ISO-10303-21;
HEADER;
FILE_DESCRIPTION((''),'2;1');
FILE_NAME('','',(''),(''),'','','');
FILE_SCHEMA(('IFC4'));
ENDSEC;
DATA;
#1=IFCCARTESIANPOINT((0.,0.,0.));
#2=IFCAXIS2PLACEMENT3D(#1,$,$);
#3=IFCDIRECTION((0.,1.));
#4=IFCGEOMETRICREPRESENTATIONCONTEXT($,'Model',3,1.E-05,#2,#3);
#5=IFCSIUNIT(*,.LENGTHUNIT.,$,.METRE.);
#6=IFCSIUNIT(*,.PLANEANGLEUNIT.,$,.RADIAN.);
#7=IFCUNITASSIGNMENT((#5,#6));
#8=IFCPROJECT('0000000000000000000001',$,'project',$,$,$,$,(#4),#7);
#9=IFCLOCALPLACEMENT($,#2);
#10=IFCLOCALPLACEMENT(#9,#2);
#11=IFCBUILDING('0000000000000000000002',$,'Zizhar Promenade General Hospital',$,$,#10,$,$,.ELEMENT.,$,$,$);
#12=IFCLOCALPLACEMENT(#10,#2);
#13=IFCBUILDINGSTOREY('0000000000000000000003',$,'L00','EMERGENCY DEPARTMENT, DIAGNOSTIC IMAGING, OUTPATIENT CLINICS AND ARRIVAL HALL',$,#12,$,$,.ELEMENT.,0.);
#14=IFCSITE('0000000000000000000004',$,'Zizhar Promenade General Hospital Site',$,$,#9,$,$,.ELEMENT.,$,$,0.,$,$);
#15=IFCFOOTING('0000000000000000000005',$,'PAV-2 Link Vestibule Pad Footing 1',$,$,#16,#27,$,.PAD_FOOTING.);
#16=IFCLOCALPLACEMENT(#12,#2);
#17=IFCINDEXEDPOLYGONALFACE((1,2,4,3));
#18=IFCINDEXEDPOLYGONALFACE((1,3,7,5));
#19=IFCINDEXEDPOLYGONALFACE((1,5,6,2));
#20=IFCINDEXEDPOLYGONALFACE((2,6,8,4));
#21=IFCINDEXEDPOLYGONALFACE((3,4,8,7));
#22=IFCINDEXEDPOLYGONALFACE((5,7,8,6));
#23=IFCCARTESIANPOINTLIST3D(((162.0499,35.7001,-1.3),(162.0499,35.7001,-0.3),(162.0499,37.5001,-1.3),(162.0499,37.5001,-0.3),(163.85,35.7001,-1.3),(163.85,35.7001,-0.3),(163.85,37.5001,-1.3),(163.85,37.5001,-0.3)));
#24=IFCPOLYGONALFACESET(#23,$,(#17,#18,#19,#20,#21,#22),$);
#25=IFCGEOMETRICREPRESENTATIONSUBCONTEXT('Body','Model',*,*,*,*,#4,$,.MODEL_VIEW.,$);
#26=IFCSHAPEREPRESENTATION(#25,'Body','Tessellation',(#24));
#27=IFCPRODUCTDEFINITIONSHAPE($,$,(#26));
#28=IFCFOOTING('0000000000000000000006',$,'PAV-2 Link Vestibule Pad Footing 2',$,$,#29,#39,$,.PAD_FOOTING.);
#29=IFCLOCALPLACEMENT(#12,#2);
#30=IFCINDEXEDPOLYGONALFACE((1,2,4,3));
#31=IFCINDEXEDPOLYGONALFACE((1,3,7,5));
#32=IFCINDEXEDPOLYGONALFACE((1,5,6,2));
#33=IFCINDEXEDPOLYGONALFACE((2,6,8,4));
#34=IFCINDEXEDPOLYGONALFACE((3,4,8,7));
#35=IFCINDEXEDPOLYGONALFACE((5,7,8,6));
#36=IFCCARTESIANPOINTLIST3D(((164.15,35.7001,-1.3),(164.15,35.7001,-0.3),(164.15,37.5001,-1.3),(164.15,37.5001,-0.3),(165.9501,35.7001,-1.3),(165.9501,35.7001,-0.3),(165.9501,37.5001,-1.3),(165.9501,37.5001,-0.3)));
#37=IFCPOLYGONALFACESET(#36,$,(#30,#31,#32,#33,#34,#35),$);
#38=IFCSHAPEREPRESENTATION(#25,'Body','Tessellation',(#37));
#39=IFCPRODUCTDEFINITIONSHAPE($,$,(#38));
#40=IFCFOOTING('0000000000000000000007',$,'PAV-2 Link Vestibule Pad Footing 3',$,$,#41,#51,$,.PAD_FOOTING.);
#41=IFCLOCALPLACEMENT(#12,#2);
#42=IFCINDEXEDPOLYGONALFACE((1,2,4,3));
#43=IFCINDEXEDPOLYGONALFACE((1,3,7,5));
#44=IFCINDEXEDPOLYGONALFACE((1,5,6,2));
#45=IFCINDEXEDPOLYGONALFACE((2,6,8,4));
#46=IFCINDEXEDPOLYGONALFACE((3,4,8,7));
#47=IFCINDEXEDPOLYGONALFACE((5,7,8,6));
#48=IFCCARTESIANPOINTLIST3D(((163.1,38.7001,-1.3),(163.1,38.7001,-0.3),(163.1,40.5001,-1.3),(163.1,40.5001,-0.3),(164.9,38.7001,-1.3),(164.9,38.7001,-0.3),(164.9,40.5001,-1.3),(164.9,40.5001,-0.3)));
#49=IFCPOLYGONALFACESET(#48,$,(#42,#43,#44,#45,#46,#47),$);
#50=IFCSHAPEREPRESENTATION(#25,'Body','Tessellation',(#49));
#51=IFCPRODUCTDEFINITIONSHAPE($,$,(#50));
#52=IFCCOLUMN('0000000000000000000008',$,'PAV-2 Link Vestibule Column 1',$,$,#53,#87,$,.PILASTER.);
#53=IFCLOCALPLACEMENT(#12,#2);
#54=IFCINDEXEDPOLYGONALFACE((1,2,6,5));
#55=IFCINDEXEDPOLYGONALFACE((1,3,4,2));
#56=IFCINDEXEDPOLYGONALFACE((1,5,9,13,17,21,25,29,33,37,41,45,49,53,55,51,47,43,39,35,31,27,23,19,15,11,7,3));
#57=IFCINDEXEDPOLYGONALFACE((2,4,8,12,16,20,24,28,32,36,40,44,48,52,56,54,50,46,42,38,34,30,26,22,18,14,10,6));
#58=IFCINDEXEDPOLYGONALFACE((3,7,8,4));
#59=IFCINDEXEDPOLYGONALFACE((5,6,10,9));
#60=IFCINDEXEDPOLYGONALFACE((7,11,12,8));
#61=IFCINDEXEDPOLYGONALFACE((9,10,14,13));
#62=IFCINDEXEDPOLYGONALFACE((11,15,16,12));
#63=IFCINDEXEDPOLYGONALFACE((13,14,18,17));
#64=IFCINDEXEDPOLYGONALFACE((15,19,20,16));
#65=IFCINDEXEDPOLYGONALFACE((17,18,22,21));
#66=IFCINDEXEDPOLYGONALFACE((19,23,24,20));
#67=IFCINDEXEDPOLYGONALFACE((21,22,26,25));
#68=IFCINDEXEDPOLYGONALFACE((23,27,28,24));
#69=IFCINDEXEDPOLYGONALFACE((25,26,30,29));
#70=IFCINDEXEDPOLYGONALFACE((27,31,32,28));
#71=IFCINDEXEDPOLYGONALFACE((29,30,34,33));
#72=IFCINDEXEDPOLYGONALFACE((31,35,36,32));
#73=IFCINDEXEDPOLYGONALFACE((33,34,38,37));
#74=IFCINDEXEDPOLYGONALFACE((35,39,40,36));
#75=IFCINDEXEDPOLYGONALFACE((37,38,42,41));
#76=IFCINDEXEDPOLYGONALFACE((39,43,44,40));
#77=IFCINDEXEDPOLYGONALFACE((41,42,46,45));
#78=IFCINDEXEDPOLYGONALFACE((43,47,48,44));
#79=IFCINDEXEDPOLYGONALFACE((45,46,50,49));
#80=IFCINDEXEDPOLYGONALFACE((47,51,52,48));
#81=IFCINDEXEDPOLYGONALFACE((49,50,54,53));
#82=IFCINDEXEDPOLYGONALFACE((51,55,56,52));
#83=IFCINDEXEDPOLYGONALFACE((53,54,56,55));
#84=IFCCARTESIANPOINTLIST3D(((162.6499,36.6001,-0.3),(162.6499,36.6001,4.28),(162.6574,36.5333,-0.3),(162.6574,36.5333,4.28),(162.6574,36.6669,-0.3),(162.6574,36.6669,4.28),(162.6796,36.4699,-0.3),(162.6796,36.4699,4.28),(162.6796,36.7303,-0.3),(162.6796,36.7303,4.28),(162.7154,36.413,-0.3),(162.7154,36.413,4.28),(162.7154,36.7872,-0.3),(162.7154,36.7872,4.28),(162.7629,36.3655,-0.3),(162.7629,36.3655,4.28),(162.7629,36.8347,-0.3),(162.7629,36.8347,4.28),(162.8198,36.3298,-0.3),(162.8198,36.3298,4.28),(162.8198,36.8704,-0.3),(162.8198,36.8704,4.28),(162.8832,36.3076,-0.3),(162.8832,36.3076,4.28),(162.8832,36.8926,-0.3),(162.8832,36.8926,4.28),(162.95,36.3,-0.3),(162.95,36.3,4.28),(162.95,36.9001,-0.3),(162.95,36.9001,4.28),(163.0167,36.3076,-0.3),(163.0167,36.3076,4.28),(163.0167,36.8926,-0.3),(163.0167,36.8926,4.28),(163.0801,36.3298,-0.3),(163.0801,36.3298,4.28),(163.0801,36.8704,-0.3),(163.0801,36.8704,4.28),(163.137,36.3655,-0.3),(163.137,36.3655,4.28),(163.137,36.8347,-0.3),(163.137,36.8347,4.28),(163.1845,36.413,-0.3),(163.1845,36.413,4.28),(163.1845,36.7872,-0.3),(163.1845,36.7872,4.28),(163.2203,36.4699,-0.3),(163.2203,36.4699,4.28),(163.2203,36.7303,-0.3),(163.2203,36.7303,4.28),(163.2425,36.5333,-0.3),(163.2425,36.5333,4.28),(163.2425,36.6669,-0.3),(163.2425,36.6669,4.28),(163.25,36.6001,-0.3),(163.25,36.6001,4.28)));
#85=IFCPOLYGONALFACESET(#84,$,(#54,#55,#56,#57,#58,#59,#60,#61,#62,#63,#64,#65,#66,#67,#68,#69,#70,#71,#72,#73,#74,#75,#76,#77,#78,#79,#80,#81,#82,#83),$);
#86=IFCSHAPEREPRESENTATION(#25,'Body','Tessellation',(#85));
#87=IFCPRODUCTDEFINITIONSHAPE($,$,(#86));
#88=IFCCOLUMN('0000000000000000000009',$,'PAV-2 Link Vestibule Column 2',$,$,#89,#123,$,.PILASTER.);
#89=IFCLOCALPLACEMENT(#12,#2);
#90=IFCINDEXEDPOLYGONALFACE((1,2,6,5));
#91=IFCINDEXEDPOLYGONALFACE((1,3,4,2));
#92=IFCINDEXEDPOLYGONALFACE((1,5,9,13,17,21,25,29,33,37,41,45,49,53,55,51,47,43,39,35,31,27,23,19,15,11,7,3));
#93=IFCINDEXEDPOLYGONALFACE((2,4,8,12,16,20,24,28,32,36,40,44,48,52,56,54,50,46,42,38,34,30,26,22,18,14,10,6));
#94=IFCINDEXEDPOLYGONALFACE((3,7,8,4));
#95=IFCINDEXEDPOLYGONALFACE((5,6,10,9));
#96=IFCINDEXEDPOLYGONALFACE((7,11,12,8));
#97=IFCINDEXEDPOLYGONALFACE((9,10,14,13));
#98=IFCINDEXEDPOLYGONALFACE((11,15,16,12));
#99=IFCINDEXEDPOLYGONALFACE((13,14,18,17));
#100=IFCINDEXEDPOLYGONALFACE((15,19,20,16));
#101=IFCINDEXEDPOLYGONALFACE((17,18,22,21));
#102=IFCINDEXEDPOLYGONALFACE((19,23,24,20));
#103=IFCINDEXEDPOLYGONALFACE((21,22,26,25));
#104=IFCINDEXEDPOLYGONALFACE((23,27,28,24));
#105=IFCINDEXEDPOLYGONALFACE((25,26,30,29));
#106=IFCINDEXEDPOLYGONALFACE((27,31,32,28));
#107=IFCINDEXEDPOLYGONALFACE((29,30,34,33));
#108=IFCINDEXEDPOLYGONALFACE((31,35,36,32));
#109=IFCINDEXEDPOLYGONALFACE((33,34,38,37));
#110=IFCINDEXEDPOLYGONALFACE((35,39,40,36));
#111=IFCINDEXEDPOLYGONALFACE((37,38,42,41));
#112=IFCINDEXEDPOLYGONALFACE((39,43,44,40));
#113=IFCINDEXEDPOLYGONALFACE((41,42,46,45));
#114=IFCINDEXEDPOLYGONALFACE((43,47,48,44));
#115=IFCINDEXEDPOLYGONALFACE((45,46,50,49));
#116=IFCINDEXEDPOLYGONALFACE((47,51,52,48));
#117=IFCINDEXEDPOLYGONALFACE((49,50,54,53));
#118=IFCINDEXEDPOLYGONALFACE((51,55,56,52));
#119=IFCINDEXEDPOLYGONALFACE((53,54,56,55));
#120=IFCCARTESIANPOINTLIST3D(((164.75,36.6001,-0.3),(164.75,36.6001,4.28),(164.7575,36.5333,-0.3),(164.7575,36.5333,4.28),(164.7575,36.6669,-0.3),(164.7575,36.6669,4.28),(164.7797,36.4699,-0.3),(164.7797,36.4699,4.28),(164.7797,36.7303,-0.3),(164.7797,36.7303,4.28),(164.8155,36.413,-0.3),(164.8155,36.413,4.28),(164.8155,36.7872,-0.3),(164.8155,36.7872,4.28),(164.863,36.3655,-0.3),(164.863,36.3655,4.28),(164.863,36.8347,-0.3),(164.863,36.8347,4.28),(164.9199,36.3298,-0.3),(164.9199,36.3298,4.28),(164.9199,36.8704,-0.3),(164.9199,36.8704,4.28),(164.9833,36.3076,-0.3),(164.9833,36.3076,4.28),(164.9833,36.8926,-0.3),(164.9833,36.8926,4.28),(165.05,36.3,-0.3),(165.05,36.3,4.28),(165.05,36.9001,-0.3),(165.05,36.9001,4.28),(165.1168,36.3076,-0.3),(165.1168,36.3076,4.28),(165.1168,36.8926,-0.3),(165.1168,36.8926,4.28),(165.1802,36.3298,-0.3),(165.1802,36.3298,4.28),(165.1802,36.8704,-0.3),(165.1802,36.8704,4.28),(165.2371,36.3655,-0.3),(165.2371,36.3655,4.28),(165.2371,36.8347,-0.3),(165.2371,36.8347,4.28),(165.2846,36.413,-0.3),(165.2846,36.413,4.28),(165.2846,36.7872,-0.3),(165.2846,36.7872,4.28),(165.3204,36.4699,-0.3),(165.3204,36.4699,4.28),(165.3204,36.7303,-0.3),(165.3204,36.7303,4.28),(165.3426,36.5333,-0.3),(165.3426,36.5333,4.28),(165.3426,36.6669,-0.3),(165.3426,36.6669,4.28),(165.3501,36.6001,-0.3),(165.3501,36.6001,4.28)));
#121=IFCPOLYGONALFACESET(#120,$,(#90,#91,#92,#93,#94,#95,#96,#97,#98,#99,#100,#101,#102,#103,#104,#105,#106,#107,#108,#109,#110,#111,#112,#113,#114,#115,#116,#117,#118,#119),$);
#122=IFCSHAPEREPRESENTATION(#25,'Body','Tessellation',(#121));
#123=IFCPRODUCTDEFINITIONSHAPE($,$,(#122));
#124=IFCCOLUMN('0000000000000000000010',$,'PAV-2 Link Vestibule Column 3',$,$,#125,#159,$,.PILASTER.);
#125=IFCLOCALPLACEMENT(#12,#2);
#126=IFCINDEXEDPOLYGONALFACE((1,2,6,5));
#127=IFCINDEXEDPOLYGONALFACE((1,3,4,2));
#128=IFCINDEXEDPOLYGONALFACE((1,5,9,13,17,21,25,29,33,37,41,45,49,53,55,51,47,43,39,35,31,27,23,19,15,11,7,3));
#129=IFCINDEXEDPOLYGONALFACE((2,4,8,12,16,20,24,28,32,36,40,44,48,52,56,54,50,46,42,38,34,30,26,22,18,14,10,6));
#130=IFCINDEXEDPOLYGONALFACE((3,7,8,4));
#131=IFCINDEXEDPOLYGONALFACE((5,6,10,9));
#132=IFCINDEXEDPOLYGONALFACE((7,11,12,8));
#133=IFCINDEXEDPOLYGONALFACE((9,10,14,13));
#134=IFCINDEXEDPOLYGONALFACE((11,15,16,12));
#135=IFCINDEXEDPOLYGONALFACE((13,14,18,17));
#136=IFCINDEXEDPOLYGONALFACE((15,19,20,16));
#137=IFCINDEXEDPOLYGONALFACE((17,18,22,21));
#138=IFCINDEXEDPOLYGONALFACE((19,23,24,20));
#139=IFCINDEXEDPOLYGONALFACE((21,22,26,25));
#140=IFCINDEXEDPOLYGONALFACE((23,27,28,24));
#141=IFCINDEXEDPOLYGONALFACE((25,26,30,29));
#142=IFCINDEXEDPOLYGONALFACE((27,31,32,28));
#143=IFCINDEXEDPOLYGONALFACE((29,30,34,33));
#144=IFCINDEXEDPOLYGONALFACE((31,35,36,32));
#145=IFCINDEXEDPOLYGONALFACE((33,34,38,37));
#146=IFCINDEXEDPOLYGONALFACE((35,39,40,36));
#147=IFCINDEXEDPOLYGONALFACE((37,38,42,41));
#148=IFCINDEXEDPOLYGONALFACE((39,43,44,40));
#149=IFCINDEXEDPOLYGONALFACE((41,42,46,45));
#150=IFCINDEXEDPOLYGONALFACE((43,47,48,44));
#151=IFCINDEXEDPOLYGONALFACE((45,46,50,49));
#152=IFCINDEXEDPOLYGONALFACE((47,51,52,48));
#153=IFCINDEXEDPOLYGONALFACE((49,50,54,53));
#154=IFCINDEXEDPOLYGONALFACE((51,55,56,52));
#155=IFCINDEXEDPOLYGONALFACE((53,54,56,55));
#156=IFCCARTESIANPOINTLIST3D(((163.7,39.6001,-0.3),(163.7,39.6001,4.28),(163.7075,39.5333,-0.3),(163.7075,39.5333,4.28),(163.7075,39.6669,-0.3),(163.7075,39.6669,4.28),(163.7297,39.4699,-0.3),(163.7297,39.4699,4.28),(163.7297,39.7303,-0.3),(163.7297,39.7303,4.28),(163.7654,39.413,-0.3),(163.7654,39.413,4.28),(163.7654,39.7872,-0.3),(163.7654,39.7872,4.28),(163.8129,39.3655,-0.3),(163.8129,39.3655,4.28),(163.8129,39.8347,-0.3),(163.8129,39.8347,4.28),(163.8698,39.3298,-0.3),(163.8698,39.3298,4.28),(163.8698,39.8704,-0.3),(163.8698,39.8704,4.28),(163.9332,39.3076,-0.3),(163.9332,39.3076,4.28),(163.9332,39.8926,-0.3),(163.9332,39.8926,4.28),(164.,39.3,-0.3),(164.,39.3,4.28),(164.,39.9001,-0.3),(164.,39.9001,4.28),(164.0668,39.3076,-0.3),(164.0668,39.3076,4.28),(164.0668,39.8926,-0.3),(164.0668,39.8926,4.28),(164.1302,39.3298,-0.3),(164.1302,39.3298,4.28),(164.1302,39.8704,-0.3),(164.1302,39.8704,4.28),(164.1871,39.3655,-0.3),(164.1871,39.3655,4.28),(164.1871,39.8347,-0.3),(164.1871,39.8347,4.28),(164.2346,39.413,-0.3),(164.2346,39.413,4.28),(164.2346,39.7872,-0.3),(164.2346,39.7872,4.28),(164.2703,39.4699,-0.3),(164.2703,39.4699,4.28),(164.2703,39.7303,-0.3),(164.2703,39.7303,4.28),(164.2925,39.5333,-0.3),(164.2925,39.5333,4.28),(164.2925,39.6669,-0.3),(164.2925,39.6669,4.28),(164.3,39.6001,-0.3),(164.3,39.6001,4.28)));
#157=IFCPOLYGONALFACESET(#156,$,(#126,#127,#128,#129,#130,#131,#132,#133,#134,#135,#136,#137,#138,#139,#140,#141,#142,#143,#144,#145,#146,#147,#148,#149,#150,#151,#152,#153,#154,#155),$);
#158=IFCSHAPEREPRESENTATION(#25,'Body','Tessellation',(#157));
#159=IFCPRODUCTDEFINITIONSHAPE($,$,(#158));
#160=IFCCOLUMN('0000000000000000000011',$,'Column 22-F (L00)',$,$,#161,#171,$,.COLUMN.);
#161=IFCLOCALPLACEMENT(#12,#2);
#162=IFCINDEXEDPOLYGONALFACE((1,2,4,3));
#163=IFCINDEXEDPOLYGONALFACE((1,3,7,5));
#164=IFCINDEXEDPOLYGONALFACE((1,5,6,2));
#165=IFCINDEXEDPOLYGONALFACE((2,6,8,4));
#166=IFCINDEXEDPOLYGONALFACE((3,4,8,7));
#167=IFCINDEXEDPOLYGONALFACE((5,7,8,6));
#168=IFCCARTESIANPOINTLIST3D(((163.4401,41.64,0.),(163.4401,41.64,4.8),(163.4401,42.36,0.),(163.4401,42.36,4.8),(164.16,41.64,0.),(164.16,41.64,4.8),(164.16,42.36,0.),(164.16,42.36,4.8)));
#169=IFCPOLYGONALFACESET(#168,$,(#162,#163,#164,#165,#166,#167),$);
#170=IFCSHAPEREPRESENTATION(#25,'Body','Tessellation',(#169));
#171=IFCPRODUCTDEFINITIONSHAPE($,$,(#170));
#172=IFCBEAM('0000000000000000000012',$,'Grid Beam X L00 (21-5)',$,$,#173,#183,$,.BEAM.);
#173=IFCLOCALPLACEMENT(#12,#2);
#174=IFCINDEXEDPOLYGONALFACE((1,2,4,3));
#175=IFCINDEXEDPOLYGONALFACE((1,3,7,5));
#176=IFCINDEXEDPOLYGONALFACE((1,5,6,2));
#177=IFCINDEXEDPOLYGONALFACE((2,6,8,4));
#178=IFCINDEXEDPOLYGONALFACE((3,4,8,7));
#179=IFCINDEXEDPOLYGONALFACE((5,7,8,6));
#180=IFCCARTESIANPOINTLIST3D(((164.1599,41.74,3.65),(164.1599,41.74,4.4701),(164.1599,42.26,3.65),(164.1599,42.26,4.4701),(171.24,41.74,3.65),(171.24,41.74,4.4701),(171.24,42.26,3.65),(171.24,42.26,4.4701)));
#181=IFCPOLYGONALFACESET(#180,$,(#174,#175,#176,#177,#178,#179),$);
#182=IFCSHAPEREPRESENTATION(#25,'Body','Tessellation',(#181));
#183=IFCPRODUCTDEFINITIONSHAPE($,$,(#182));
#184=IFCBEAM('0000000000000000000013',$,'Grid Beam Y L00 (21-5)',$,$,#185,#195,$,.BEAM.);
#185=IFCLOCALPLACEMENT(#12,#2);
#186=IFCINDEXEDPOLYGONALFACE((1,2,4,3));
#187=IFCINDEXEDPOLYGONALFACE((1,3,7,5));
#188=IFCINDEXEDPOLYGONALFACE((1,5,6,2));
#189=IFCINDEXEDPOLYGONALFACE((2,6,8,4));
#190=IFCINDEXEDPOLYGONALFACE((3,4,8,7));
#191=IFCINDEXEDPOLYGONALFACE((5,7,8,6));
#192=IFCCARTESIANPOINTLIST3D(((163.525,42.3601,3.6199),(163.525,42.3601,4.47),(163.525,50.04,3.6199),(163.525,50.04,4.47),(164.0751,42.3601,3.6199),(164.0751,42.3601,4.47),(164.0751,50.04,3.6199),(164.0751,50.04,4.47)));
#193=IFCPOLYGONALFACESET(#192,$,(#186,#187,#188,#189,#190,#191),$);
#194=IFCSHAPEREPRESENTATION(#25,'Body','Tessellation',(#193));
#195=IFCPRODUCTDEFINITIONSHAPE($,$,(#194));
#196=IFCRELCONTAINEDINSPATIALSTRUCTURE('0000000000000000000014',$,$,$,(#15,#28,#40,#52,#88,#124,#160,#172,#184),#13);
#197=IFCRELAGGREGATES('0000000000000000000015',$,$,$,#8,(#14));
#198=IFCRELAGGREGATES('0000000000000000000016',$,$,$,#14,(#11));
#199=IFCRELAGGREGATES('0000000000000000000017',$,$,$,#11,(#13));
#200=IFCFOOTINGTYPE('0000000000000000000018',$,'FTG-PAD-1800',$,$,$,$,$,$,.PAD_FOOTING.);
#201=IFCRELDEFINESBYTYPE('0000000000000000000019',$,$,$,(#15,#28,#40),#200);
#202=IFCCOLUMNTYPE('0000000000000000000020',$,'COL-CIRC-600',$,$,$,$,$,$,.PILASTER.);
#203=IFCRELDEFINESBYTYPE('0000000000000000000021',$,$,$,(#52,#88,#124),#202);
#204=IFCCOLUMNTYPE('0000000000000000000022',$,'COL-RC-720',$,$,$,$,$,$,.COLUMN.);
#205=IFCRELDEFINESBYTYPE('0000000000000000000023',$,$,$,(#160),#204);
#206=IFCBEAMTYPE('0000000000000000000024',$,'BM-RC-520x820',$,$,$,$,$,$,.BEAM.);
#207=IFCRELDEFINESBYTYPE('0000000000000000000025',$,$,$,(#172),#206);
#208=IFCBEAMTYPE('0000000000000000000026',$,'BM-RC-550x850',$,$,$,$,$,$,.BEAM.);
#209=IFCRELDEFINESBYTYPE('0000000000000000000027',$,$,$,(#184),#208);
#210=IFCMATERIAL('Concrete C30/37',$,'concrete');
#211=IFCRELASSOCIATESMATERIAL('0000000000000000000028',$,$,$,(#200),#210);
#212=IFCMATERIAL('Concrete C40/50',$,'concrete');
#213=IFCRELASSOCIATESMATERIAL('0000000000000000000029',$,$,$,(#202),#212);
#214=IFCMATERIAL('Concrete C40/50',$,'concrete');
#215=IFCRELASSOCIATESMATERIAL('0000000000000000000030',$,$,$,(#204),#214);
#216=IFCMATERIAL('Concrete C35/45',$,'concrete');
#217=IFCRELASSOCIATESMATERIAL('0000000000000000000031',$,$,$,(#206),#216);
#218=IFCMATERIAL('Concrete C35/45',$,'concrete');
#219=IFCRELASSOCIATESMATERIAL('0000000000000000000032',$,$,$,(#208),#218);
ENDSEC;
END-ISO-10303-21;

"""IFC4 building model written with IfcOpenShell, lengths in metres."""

from ifc_helpers import new_model, si_unit, direction, frame, origin, origin_2d, place, context, subcontext, project, spatial, rectangle, circle, extrude, material, material_profile, profile_set, type_object, element, save


model = new_model("IFC4")

# Units and contexts
model_context = context("Model", 3, precision=1e-05, world=origin(), true_north=direction((0.0, 1.0)))
body_context = subcontext(model_context, "Body", "Model", "MODEL_VIEW")
ifc_project = project(units=[si_unit("LENGTHUNIT", "METRE"), si_unit("PLANEANGLEUNIT", "RADIAN")], contexts=[model_context])

# Site, building, storey
site_placement = place(None, origin())
site = spatial("IfcSite", under=ifc_project, at=site_placement, Name="Zizhar Promenade General Hospital Site", CompositionType="ELEMENT", RefElevation=0.0)
building_placement = place(site_placement, origin())
building = spatial("IfcBuilding", under=site, at=building_placement, Name="Zizhar Promenade General Hospital", CompositionType="ELEMENT")
storey_placement = place(building_placement, origin())
storey = spatial("IfcBuildingStorey", under=building, at=storey_placement, Name="L00", Description="EMERGENCY DEPARTMENT, DIAGNOSTIC IMAGING, OUTPATIENT CLINICS AND ARRIVAL HALL", CompositionType="ELEMENT", Elevation=0.0)

# Footings
ifc_material_1 = material(Name="Concrete C30/37", Category="concrete")
footing_type = type_object("IfcFootingType", Name="FTG-PAD-1800", PredefinedType="PAD_FOOTING", material=ifc_material_1)
for number, where, z_axis, x_axis, name in (
    (1, (162.95, 36.6001, -1.3), (0.0, 0.0, 1.0), (1.0, 0.0, 0.0), "PAV-2 Link Vestibule Pad Footing 1"),
    (2, (165.05, 36.6001, -1.3), (0.0, 0.0, 1.0), (1.0, 0.0, 0.0), "PAV-2 Link Vestibule Pad Footing 2"),
    (3, (164.0, 39.6001, -1.3), (0.0, 0.0, 1.0), (1.0, 0.0, 0.0), "PAV-2 Link Vestibule Pad Footing 3"),
):
    element("IfcFooting", number, at=place(storey_placement, frame(where, z_axis=z_axis, x_axis=x_axis)), inside=storey, type_object=footing_type, Name=name, PredefinedType="PAD_FOOTING", context=body_context, shape_type="SweptSolid", body=[
        extrude(rectangle(XDim=1.8, YDim=1.8, at=origin_2d()), origin(), (0.0, 0.0, 1.0), 1.0),
    ])

# Columns
ifc_material_2 = material(Name="Concrete C40/50", Category="concrete")
ifc_material_profile_1 = material_profile(ifc_material_2, circle(Radius=0.3, at=origin_2d()))
ifc_profile_set_1 = profile_set([ifc_material_profile_1], Name="Concrete C40/50")
column_type_1 = type_object("IfcColumnType", Name="COL-CIRC-600", PredefinedType="PILASTER", material=ifc_profile_set_1)
for number, where, z_axis, x_axis, name in (
    (4, (162.95, 36.6001, -0.3), (0.0, 0.0, 1.0), (1.0, 0.0, 0.0), "PAV-2 Link Vestibule Column 1"),
    (5, (165.05, 36.6001, -0.3), (0.0, 0.0, 1.0), (1.0, 0.0, 0.0), "PAV-2 Link Vestibule Column 2"),
    (6, (164.0, 39.6001, -0.3), (0.0, 0.0, 1.0), (1.0, 0.0, 0.0), "PAV-2 Link Vestibule Column 3"),
):
    element("IfcColumn", number, at=place(storey_placement, frame(where, z_axis=z_axis, x_axis=x_axis)), inside=storey, type_object=column_type_1, Name=name, PredefinedType="PILASTER", context=body_context, shape_type="SweptSolid", body=[
        extrude(circle(Radius=0.3, at=origin_2d()), origin(), (0.0, 0.0, 1.0), 4.5801),
    ])
ifc_material_3 = material(Name="Concrete C40/50", Category="concrete")
ifc_material_profile_2 = material_profile(ifc_material_3, rectangle(XDim=0.72, YDim=0.72, at=origin_2d()))
ifc_profile_set_2 = profile_set([ifc_material_profile_2], Name="Concrete C40/50")
column_type_2 = type_object("IfcColumnType", Name="COL-RC-720", PredefinedType="COLUMN", material=ifc_profile_set_2)
column_placement = place(storey_placement, frame((163.8, 42.0, 0.0), z_axis=(0.0, 0.0, 1.0), x_axis=(1.0, 0.0, 0.0)))
element("IfcColumn", 7, at=column_placement, inside=storey, type_object=column_type_2, Name="Column 22-F (L00)", PredefinedType="COLUMN", context=body_context, shape_type="SweptSolid", body=[
    extrude(rectangle(XDim=0.72, YDim=0.72, at=origin_2d()), origin(), (0.0, 0.0, 1.0), 4.8),
])

# Beams
ifc_material_4 = material(Name="Concrete C35/45", Category="concrete")
ifc_material_profile_3 = material_profile(ifc_material_4, rectangle(XDim=0.52, YDim=0.8201, at=origin_2d()))
ifc_profile_set_3 = profile_set([ifc_material_profile_3], Name="Concrete C35/45")
beam_type_1 = type_object("IfcBeamType", Name="BM-RC-520x820", PredefinedType="BEAM", material=ifc_profile_set_3)
beam_1_placement = place(storey_placement, frame((164.1599, 42.0, 4.0601), z_axis=(1.0, 0.0, 0.0), x_axis=(0.0, 1.0, 0.0)))
element("IfcBeam", 8, at=beam_1_placement, inside=storey, type_object=beam_type_1, Name="Grid Beam X L00 (21-5)", PredefinedType="BEAM", context=body_context, shape_type="SweptSolid", body=[
    extrude(rectangle(XDim=0.52, YDim=0.8201, at=origin_2d()), origin(), (0.0, 0.0, 1.0), 7.0801),
])
ifc_material_5 = material(Name="Concrete C35/45", Category="concrete")
ifc_material_profile_4 = material_profile(ifc_material_5, rectangle(XDim=0.55, YDim=0.8501, at=origin_2d()))
ifc_profile_set_4 = profile_set([ifc_material_profile_4], Name="Concrete C35/45")
beam_type_2 = type_object("IfcBeamType", Name="BM-RC-550x850", PredefinedType="BEAM", material=ifc_profile_set_4)
beam_2_placement = place(storey_placement, frame((163.8, 42.3601, 4.0449), z_axis=(0.0, 1.0, 0.0), x_axis=(-1.0, 0.0, 0.0)))
element("IfcBeam", 9, at=beam_2_placement, inside=storey, type_object=beam_type_2, Name="Grid Beam Y L00 (21-5)", PredefinedType="BEAM", context=body_context, shape_type="SweptSolid", body=[
    extrude(rectangle(XDim=0.55, YDim=0.8501, at=origin_2d()), origin(), (0.0, 0.0, 1.0), 7.6799),
])

save(model, "model.ifc")
